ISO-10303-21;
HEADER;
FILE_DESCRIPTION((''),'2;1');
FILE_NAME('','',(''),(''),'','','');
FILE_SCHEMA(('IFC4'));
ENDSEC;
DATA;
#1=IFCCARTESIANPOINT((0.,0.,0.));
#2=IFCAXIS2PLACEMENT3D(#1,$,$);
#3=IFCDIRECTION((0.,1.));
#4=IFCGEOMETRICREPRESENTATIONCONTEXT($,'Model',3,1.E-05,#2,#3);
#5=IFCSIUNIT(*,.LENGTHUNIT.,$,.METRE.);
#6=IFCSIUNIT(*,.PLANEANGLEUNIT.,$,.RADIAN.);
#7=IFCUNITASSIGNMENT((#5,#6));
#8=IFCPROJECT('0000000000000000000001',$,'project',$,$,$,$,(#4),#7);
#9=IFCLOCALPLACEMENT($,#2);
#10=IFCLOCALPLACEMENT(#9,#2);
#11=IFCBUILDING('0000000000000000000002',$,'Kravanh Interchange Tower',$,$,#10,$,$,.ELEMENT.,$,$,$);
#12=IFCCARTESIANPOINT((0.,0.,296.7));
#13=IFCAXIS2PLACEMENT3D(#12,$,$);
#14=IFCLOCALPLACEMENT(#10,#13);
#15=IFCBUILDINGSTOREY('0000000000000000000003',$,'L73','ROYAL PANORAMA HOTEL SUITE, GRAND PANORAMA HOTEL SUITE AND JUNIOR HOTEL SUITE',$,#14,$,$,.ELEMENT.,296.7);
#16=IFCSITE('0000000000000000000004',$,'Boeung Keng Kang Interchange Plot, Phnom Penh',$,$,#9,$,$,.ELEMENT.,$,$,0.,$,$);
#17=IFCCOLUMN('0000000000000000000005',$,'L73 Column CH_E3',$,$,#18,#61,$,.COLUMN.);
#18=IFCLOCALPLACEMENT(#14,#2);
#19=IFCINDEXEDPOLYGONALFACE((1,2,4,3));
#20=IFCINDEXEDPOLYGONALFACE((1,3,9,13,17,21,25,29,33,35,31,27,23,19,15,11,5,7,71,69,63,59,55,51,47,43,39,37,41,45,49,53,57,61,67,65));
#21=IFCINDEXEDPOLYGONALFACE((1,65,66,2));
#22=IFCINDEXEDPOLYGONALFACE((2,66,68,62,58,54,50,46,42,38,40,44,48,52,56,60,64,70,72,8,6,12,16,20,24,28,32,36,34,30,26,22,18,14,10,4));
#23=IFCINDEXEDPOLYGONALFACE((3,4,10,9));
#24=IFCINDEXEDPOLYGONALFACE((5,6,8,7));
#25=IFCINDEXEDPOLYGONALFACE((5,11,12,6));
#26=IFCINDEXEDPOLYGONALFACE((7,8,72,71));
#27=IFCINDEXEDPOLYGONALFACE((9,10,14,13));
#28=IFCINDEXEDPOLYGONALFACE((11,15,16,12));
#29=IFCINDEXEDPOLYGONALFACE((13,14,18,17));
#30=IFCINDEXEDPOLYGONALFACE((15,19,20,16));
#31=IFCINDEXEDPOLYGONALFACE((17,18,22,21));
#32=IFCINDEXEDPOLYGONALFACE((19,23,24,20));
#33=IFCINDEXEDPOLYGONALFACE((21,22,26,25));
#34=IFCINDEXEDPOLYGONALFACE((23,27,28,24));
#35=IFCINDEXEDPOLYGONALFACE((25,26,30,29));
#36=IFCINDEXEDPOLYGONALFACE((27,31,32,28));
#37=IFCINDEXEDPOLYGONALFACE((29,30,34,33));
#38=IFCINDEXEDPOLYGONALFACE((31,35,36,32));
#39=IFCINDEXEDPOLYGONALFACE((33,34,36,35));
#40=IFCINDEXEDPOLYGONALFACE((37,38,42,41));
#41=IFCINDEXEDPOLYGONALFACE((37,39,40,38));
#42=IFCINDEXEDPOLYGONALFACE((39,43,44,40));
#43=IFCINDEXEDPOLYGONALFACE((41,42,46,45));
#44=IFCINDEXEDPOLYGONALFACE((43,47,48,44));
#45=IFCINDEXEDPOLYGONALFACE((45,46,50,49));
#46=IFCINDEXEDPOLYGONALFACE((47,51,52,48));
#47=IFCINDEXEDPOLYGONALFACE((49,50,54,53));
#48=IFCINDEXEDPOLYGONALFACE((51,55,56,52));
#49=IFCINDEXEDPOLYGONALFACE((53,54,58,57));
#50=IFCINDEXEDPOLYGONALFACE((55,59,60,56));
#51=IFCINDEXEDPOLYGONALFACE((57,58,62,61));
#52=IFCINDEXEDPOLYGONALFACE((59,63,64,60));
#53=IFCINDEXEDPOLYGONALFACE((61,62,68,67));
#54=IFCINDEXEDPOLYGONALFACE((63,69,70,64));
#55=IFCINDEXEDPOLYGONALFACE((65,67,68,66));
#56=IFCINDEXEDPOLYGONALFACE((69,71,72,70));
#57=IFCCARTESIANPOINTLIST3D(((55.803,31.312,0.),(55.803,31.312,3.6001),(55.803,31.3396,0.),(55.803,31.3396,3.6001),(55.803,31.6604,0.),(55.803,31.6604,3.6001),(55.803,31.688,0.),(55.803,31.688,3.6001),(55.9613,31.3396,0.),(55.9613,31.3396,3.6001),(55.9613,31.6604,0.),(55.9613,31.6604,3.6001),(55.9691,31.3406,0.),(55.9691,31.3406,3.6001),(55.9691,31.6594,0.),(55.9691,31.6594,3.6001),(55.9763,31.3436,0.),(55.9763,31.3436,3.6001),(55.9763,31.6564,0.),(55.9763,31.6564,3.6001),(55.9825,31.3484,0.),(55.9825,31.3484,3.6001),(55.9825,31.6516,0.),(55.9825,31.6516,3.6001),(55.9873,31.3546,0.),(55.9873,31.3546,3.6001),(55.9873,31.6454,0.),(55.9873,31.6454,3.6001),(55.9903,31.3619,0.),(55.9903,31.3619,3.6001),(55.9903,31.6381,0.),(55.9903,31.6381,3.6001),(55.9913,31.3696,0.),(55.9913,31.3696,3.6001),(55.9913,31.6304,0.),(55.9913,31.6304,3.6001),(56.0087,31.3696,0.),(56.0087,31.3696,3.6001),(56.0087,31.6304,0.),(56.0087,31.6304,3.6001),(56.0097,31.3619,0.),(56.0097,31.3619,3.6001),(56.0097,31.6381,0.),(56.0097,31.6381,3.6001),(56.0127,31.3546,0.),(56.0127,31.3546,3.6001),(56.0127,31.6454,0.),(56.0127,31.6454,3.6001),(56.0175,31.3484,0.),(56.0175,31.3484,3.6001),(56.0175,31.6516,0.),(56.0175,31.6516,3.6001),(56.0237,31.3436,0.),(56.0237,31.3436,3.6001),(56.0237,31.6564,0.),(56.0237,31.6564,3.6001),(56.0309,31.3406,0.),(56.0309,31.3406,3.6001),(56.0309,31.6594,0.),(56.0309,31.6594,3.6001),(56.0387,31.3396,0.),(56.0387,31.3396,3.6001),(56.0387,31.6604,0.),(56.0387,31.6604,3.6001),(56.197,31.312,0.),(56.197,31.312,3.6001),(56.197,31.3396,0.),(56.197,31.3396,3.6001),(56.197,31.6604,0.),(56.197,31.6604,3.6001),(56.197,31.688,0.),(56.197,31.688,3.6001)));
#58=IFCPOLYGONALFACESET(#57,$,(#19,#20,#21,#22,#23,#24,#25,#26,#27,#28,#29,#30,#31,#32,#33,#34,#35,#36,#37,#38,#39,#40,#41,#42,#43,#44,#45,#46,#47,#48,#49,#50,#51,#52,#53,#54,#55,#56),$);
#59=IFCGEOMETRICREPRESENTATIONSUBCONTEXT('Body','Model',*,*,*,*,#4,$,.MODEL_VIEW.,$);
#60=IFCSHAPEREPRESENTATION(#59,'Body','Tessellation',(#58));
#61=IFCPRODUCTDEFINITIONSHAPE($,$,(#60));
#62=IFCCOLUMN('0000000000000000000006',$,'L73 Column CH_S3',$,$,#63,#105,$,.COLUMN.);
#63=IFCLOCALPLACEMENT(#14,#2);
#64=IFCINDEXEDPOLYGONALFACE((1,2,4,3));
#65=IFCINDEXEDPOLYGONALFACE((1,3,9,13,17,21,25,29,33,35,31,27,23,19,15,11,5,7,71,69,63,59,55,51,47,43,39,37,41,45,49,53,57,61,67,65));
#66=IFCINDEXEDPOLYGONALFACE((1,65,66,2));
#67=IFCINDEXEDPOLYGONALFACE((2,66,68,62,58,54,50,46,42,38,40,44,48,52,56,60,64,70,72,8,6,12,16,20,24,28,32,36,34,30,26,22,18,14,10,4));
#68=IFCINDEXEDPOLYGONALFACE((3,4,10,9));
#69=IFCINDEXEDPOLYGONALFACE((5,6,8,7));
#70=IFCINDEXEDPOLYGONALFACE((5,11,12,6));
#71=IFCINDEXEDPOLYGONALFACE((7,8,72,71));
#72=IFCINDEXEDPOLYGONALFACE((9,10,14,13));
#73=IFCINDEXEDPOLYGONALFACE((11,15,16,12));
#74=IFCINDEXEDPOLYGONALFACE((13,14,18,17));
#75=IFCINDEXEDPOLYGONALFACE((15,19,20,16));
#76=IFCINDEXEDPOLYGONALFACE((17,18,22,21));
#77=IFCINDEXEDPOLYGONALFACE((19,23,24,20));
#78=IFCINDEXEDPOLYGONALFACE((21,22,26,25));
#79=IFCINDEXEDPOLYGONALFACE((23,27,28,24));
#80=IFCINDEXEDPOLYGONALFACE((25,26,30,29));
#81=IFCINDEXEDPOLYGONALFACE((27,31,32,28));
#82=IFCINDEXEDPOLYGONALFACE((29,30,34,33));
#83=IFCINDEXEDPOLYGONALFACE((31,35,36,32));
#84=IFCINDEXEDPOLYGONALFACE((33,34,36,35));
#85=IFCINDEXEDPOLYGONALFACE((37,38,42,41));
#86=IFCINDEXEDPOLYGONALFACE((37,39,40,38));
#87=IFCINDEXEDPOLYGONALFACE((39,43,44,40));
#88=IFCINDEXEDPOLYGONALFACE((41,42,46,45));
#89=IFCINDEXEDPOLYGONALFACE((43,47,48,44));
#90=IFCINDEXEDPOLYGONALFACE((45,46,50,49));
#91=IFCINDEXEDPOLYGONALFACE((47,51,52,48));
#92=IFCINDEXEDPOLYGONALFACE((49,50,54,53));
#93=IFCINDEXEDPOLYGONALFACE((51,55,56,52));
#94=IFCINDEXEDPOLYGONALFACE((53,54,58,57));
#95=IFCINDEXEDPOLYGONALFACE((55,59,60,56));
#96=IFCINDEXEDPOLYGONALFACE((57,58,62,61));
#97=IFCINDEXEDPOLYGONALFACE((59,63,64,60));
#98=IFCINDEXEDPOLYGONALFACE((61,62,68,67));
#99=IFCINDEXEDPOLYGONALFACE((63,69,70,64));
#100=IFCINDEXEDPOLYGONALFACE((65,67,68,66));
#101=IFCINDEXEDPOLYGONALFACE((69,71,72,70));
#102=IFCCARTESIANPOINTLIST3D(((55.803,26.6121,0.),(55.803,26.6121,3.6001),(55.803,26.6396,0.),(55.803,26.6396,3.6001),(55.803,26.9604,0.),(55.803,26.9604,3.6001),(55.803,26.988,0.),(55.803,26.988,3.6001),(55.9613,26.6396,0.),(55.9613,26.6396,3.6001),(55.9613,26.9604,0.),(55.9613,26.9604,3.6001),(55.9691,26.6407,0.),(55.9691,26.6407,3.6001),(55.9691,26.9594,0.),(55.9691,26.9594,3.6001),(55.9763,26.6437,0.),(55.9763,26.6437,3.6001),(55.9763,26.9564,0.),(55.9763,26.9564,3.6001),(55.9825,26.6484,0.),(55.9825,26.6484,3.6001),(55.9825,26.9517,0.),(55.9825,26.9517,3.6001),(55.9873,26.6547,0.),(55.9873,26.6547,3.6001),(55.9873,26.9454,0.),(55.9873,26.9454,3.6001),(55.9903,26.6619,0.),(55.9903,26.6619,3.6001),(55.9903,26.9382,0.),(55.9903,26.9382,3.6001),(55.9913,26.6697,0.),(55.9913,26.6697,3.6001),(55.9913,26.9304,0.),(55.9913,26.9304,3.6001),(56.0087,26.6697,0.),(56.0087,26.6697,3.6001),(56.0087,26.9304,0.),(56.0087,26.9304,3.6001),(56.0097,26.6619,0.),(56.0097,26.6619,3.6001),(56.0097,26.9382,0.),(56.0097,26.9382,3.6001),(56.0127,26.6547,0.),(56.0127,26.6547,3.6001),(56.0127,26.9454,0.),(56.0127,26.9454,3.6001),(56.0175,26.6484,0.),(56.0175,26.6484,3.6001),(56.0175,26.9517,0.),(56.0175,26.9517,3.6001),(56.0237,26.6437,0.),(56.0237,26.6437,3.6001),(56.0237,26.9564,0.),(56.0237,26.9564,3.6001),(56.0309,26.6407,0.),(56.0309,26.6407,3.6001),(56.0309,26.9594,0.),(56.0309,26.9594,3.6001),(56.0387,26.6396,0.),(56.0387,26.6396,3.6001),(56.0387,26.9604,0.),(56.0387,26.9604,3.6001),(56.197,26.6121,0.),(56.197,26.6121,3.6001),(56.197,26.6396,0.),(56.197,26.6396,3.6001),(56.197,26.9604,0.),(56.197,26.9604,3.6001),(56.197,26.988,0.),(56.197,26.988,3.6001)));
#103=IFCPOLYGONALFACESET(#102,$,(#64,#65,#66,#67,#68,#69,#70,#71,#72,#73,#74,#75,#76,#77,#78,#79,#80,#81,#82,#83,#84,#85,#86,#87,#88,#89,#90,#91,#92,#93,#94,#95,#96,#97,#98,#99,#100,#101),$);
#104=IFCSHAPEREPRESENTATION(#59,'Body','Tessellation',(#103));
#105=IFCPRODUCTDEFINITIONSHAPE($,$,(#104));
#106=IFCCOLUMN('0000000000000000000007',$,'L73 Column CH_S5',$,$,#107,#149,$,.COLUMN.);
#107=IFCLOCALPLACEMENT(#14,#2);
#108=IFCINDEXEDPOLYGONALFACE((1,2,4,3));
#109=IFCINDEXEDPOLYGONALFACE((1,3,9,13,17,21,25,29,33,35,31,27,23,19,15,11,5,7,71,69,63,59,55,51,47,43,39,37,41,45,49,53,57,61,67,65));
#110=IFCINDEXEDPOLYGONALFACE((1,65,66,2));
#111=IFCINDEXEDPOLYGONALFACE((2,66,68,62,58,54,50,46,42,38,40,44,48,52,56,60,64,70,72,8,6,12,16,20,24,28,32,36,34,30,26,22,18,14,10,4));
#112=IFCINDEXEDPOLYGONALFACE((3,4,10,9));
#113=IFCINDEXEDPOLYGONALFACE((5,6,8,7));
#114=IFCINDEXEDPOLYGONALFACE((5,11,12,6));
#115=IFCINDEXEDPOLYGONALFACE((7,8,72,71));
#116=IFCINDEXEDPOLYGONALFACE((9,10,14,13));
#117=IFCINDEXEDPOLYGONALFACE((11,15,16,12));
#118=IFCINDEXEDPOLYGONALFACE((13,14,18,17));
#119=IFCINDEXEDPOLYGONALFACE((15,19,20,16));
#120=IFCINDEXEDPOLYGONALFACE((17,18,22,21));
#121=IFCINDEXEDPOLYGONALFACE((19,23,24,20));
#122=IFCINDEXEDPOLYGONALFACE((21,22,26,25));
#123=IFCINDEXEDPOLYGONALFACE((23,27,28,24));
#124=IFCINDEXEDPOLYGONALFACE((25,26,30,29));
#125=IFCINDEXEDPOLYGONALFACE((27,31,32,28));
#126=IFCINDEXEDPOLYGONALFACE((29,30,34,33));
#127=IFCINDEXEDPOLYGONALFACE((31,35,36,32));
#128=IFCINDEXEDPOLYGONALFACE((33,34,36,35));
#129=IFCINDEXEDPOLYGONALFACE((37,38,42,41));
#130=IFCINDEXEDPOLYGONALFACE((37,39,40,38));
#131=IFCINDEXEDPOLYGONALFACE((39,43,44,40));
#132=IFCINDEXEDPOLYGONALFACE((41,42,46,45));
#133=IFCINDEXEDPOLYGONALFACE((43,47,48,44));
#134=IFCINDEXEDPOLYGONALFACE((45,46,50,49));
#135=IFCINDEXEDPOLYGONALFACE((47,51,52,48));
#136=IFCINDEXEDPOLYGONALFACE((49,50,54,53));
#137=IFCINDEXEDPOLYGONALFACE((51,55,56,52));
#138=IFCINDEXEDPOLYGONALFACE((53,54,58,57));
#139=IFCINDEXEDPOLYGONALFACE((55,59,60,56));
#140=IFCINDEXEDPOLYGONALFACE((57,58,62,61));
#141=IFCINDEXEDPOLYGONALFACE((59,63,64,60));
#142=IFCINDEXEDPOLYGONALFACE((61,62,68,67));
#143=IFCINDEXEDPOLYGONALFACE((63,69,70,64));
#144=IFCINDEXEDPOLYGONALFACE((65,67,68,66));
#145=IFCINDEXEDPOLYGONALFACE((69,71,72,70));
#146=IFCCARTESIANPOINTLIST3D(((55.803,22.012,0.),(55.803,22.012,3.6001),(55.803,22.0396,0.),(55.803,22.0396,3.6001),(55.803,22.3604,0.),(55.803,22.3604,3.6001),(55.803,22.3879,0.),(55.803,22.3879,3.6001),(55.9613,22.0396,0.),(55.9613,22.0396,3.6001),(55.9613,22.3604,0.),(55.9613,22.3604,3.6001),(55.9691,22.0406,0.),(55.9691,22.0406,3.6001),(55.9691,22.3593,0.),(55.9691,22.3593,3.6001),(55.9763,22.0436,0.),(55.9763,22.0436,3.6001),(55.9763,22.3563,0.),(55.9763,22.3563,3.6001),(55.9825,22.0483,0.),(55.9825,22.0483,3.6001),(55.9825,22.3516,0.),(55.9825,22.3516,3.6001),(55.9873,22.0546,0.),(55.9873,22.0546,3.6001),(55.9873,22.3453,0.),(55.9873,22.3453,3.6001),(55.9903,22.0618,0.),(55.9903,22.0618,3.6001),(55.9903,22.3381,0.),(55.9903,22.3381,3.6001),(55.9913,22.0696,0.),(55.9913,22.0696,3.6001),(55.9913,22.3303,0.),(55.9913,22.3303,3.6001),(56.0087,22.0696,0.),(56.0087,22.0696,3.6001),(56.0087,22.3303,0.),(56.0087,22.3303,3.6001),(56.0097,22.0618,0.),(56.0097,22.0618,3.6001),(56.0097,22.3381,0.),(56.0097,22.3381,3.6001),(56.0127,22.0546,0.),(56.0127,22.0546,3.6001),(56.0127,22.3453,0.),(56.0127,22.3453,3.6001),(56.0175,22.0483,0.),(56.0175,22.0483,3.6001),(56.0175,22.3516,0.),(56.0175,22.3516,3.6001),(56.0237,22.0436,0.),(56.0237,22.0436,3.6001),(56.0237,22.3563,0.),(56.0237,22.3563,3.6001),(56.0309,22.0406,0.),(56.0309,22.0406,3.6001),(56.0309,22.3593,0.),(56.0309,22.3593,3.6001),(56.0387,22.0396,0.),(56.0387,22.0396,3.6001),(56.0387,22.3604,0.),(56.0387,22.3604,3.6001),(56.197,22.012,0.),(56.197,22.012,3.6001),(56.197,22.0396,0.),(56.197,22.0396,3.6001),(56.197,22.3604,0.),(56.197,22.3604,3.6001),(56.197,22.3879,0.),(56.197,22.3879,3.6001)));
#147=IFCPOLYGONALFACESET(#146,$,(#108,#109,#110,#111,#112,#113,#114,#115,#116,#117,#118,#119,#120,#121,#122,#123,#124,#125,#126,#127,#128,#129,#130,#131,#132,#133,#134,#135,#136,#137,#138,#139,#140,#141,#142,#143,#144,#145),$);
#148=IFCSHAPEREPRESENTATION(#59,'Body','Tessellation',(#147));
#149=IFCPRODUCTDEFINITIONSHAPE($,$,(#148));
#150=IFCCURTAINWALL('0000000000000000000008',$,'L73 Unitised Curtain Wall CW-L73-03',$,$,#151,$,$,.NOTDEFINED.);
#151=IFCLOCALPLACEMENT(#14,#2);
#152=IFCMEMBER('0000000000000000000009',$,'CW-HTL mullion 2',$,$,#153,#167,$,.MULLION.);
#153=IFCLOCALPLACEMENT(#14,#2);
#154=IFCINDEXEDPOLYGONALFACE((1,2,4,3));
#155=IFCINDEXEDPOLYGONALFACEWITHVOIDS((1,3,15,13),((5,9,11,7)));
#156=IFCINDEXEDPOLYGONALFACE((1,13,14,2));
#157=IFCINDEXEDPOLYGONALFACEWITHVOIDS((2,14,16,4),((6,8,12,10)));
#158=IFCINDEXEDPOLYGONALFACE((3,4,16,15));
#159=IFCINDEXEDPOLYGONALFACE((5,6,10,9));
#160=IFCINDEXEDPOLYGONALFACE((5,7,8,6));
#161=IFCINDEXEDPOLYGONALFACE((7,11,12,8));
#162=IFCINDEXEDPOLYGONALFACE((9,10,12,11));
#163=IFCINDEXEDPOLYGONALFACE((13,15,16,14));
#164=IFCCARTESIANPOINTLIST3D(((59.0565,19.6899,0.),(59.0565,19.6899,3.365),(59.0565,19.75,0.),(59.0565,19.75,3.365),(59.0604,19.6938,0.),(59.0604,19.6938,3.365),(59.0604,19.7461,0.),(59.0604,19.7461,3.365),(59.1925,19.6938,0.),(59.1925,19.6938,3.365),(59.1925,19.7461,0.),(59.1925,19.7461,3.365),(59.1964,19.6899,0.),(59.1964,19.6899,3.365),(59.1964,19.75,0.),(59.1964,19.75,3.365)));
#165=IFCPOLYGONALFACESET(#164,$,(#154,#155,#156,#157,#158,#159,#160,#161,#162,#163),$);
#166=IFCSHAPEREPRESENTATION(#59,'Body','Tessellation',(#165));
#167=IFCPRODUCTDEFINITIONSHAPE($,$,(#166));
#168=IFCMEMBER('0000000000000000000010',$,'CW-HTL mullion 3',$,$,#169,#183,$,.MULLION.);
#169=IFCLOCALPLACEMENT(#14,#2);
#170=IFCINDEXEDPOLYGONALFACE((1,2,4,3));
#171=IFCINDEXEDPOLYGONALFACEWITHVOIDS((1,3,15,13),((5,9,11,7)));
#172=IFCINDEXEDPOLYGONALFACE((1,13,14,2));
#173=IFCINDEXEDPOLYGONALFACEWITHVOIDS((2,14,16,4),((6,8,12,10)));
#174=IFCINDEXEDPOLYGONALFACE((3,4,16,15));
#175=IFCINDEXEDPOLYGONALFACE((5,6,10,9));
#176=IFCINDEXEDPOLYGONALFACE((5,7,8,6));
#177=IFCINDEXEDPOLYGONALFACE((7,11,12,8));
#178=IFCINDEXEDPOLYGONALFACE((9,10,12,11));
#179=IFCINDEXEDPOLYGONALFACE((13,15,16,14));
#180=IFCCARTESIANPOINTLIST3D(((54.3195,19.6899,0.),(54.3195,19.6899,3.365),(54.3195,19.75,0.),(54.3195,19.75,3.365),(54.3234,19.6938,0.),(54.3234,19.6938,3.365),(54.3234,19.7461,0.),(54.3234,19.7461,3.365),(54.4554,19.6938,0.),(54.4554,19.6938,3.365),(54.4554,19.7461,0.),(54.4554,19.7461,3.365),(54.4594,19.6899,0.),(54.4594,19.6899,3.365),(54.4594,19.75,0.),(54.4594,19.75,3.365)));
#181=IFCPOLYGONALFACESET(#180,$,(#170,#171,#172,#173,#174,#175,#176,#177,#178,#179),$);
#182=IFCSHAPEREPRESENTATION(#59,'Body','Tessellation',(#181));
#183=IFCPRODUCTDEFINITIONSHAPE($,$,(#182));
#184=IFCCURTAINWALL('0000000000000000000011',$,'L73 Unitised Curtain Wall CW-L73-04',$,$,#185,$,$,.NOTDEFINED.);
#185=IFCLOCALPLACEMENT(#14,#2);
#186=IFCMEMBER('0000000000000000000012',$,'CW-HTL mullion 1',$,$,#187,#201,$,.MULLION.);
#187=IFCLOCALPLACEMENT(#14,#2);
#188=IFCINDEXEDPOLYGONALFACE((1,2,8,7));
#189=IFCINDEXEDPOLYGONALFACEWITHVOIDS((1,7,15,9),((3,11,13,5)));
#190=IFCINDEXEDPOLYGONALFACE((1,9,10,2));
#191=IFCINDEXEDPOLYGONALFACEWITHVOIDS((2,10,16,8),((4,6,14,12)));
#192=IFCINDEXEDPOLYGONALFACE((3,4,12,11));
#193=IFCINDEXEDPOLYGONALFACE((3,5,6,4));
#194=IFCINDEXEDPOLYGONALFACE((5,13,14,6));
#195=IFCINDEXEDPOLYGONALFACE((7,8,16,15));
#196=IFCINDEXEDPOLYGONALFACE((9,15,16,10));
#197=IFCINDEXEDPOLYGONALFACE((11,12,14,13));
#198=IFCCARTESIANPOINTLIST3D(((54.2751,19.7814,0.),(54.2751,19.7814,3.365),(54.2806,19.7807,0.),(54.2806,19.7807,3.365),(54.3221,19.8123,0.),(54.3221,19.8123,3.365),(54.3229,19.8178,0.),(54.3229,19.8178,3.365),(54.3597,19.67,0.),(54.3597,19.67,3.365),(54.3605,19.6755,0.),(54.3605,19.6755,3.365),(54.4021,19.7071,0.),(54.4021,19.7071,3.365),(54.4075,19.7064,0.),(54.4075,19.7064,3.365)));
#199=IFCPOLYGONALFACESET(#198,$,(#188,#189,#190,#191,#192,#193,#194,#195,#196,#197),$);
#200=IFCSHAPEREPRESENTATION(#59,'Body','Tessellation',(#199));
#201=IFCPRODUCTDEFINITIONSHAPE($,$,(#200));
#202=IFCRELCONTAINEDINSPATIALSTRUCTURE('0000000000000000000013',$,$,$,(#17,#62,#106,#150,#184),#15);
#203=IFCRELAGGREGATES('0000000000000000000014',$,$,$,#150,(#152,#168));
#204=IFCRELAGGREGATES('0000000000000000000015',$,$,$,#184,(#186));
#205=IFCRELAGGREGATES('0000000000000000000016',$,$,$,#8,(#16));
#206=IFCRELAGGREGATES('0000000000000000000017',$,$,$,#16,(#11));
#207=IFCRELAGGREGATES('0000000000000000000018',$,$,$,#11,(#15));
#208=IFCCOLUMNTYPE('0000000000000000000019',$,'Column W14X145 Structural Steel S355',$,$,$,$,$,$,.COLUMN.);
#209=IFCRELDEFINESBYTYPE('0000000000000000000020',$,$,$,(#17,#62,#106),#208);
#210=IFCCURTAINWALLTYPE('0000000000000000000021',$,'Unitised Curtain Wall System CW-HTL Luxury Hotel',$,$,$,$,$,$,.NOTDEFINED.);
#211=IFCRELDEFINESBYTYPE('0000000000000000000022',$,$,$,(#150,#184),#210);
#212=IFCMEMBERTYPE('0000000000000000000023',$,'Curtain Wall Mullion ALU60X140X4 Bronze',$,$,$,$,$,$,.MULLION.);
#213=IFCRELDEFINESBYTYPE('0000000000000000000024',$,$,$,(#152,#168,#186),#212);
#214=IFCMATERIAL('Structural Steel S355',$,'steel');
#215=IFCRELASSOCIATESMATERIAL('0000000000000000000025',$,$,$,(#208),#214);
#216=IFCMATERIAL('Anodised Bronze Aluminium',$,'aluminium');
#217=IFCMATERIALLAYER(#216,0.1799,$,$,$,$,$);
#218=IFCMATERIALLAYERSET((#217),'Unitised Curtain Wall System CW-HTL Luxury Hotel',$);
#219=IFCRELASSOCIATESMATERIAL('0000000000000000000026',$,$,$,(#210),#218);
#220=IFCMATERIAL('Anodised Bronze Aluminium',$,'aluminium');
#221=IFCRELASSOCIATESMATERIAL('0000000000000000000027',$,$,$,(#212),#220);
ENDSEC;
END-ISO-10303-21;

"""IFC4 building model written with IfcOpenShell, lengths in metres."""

from ifc_helpers import new_model, si_unit, direction, frame, origin, origin_2d, place, context, subcontext, project, spatial, hollow_rectangle, i_section, extrude, material, layer, layer_set, material_profile, profile_set, type_object, element, aggregate, save


model = new_model("IFC4")

# Units and contexts
model_context = context("Model", 3, precision=1e-05, world=origin(), true_north=direction((0.0, 1.0)))
body_context = subcontext(model_context, "Body", "Model", "MODEL_VIEW")
ifc_project = project(units=[si_unit("LENGTHUNIT", "METRE"), si_unit("PLANEANGLEUNIT", "RADIAN")], contexts=[model_context])

# Site, building, storey
site_placement = place(None, origin())
site = spatial("IfcSite", under=ifc_project, at=site_placement, Name="Boeung Keng Kang Interchange Plot, Phnom Penh", CompositionType="ELEMENT", RefElevation=0.0)
building_placement = place(site_placement, origin())
building = spatial("IfcBuilding", under=site, at=building_placement, Name="Kravanh Interchange Tower", CompositionType="ELEMENT")
storey_placement = place(building_placement, frame((0.0, 0.0, 296.7)))
storey = spatial("IfcBuildingStorey", under=building, at=storey_placement, Name="L73", Description="ROYAL PANORAMA HOTEL SUITE, GRAND PANORAMA HOTEL SUITE AND JUNIOR HOTEL SUITE", CompositionType="ELEMENT", Elevation=296.7)

# Columns
ifc_material_1 = material(Name="Structural Steel S355", Category="steel")
ifc_material_profile_1 = material_profile(ifc_material_1, i_section(OverallWidth=0.394, OverallDepth=0.376, WebThickness=0.0173, FlangeThickness=0.0276, FilletRadius=0.03, at=origin_2d()), Name="W14X145")
ifc_profile_set_1 = profile_set([ifc_material_profile_1], Name="Structural Steel S355")
column_type = type_object("IfcColumnType", Name="Column W14X145 Structural Steel S355", PredefinedType="COLUMN", material=ifc_profile_set_1)
for number, where, z_axis, x_axis, name in (
    (1, (56.0, 31.5, 0.0), (0.0, 0.0, 1.0), (1.0, 0.0, 0.0), "L73 Column CH_E3"),
    (2, (56.0, 26.8, 0.0), (0.0, 0.0, 1.0), (1.0, 0.0, 0.0), "L73 Column CH_S3"),
    (3, (56.0, 22.2, 0.0), (0.0, 0.0, 1.0), (1.0, 0.0, 0.0), "L73 Column CH_S5"),
):
    element("IfcColumn", number, at=place(storey_placement, frame(where, z_axis=z_axis, x_axis=x_axis)), inside=storey, type_object=column_type, Name=name, PredefinedType="COLUMN", context=body_context, shape_type="SweptSolid", body=[
        extrude(i_section(OverallWidth=0.394, OverallDepth=0.376, WebThickness=0.0173, FlangeThickness=0.0276, FilletRadius=0.03, at=origin_2d()), origin(), (0.0, 0.0, 1.0), 3.6001),
    ])

# Curtain wall, members
ifc_material_2 = material(Name="Anodised Bronze Aluminium", Category="aluminium")
ifc_layer_1 = layer(ifc_material_2, 0.1799)
ifc_layer_set_1 = layer_set([ifc_layer_1], Name="Unitised Curtain Wall System CW-HTL Luxury Hotel")
curtain_wall_type = type_object("IfcCurtainWallType", Name="Unitised Curtain Wall System CW-HTL Luxury Hotel", PredefinedType="NOTDEFINED", material=ifc_layer_set_1)
curtain_wall_1_placement = place(storey_placement, origin())
curtain_wall_1 = element("IfcCurtainWall", 4, at=curtain_wall_1_placement, inside=storey, type_object=curtain_wall_type, Name="L73 Unitised Curtain Wall CW-L73-03", PredefinedType="NOTDEFINED")
ifc_material_3 = material(Name="Anodised Bronze Aluminium", Category="aluminium")
ifc_material_profile_2 = material_profile(ifc_material_3, hollow_rectangle(XDim=0.0601, YDim=0.1399, WallThickness=0.0039, at=origin_2d()), Name="ALU60X140X4")
ifc_profile_set_2 = profile_set([ifc_material_profile_2], Name="Anodised Bronze Aluminium")
member_type_1 = type_object("IfcMemberType", Name="Curtain Wall Mullion ALU60X140X4 Bronze", PredefinedType="MULLION", material=ifc_profile_set_2)
member_1_placement = place(storey_placement, frame((59.1265, 19.72, 0.0), z_axis=(0.0, 0.0, 1.0), x_axis=(0.0, -1.0, 0.0)))
member_1 = element("IfcMember", 5, at=member_1_placement, type_object=member_type_1, Name="CW-HTL mullion 2", PredefinedType="MULLION", context=body_context, shape_type="SweptSolid", body=[
    extrude(hollow_rectangle(XDim=0.0601, YDim=0.1399, WallThickness=0.0039, at=origin_2d()), origin(), (0.0, 0.0, 1.0), 3.365),
])
member_2_placement = place(storey_placement, frame((54.3894, 19.72, 0.0), z_axis=(0.0, 0.0, 1.0), x_axis=(0.0, -1.0, 0.0)))
member_2 = element("IfcMember", 6, at=member_2_placement, type_object=member_type_1, Name="CW-HTL mullion 3", PredefinedType="MULLION", context=body_context, shape_type="SweptSolid", body=[
    extrude(hollow_rectangle(XDim=0.0601, YDim=0.1399, WallThickness=0.0039, at=origin_2d()), origin(), (0.0, 0.0, 1.0), 3.365),
])

# Curtain wall, member
curtain_wall_2_placement = place(storey_placement, origin())
curtain_wall_2 = element("IfcCurtainWall", 7, at=curtain_wall_2_placement, inside=storey, type_object=curtain_wall_type, Name="L73 Unitised Curtain Wall CW-L73-04", PredefinedType="NOTDEFINED")
member_3_placement = place(storey_placement, frame((54.3413, 19.7439, 0.0), z_axis=(0.0, 0.0, 1.0), x_axis=(-0.796162, -0.605084, 0.0)))
member_3 = element("IfcMember", 8, at=member_3_placement, type_object=member_type_1, Name="CW-HTL mullion 1", PredefinedType="MULLION", context=body_context, shape_type="SweptSolid", body=[
    extrude(hollow_rectangle(XDim=0.0601, YDim=0.1399, WallThickness=0.0039, at=origin_2d()), origin(), (0.0, 0.0, 1.0), 3.365),
])

aggregate(curtain_wall_1, [member_1, member_2])
aggregate(curtain_wall_2, [member_3])

save(model, "model.ifc")
